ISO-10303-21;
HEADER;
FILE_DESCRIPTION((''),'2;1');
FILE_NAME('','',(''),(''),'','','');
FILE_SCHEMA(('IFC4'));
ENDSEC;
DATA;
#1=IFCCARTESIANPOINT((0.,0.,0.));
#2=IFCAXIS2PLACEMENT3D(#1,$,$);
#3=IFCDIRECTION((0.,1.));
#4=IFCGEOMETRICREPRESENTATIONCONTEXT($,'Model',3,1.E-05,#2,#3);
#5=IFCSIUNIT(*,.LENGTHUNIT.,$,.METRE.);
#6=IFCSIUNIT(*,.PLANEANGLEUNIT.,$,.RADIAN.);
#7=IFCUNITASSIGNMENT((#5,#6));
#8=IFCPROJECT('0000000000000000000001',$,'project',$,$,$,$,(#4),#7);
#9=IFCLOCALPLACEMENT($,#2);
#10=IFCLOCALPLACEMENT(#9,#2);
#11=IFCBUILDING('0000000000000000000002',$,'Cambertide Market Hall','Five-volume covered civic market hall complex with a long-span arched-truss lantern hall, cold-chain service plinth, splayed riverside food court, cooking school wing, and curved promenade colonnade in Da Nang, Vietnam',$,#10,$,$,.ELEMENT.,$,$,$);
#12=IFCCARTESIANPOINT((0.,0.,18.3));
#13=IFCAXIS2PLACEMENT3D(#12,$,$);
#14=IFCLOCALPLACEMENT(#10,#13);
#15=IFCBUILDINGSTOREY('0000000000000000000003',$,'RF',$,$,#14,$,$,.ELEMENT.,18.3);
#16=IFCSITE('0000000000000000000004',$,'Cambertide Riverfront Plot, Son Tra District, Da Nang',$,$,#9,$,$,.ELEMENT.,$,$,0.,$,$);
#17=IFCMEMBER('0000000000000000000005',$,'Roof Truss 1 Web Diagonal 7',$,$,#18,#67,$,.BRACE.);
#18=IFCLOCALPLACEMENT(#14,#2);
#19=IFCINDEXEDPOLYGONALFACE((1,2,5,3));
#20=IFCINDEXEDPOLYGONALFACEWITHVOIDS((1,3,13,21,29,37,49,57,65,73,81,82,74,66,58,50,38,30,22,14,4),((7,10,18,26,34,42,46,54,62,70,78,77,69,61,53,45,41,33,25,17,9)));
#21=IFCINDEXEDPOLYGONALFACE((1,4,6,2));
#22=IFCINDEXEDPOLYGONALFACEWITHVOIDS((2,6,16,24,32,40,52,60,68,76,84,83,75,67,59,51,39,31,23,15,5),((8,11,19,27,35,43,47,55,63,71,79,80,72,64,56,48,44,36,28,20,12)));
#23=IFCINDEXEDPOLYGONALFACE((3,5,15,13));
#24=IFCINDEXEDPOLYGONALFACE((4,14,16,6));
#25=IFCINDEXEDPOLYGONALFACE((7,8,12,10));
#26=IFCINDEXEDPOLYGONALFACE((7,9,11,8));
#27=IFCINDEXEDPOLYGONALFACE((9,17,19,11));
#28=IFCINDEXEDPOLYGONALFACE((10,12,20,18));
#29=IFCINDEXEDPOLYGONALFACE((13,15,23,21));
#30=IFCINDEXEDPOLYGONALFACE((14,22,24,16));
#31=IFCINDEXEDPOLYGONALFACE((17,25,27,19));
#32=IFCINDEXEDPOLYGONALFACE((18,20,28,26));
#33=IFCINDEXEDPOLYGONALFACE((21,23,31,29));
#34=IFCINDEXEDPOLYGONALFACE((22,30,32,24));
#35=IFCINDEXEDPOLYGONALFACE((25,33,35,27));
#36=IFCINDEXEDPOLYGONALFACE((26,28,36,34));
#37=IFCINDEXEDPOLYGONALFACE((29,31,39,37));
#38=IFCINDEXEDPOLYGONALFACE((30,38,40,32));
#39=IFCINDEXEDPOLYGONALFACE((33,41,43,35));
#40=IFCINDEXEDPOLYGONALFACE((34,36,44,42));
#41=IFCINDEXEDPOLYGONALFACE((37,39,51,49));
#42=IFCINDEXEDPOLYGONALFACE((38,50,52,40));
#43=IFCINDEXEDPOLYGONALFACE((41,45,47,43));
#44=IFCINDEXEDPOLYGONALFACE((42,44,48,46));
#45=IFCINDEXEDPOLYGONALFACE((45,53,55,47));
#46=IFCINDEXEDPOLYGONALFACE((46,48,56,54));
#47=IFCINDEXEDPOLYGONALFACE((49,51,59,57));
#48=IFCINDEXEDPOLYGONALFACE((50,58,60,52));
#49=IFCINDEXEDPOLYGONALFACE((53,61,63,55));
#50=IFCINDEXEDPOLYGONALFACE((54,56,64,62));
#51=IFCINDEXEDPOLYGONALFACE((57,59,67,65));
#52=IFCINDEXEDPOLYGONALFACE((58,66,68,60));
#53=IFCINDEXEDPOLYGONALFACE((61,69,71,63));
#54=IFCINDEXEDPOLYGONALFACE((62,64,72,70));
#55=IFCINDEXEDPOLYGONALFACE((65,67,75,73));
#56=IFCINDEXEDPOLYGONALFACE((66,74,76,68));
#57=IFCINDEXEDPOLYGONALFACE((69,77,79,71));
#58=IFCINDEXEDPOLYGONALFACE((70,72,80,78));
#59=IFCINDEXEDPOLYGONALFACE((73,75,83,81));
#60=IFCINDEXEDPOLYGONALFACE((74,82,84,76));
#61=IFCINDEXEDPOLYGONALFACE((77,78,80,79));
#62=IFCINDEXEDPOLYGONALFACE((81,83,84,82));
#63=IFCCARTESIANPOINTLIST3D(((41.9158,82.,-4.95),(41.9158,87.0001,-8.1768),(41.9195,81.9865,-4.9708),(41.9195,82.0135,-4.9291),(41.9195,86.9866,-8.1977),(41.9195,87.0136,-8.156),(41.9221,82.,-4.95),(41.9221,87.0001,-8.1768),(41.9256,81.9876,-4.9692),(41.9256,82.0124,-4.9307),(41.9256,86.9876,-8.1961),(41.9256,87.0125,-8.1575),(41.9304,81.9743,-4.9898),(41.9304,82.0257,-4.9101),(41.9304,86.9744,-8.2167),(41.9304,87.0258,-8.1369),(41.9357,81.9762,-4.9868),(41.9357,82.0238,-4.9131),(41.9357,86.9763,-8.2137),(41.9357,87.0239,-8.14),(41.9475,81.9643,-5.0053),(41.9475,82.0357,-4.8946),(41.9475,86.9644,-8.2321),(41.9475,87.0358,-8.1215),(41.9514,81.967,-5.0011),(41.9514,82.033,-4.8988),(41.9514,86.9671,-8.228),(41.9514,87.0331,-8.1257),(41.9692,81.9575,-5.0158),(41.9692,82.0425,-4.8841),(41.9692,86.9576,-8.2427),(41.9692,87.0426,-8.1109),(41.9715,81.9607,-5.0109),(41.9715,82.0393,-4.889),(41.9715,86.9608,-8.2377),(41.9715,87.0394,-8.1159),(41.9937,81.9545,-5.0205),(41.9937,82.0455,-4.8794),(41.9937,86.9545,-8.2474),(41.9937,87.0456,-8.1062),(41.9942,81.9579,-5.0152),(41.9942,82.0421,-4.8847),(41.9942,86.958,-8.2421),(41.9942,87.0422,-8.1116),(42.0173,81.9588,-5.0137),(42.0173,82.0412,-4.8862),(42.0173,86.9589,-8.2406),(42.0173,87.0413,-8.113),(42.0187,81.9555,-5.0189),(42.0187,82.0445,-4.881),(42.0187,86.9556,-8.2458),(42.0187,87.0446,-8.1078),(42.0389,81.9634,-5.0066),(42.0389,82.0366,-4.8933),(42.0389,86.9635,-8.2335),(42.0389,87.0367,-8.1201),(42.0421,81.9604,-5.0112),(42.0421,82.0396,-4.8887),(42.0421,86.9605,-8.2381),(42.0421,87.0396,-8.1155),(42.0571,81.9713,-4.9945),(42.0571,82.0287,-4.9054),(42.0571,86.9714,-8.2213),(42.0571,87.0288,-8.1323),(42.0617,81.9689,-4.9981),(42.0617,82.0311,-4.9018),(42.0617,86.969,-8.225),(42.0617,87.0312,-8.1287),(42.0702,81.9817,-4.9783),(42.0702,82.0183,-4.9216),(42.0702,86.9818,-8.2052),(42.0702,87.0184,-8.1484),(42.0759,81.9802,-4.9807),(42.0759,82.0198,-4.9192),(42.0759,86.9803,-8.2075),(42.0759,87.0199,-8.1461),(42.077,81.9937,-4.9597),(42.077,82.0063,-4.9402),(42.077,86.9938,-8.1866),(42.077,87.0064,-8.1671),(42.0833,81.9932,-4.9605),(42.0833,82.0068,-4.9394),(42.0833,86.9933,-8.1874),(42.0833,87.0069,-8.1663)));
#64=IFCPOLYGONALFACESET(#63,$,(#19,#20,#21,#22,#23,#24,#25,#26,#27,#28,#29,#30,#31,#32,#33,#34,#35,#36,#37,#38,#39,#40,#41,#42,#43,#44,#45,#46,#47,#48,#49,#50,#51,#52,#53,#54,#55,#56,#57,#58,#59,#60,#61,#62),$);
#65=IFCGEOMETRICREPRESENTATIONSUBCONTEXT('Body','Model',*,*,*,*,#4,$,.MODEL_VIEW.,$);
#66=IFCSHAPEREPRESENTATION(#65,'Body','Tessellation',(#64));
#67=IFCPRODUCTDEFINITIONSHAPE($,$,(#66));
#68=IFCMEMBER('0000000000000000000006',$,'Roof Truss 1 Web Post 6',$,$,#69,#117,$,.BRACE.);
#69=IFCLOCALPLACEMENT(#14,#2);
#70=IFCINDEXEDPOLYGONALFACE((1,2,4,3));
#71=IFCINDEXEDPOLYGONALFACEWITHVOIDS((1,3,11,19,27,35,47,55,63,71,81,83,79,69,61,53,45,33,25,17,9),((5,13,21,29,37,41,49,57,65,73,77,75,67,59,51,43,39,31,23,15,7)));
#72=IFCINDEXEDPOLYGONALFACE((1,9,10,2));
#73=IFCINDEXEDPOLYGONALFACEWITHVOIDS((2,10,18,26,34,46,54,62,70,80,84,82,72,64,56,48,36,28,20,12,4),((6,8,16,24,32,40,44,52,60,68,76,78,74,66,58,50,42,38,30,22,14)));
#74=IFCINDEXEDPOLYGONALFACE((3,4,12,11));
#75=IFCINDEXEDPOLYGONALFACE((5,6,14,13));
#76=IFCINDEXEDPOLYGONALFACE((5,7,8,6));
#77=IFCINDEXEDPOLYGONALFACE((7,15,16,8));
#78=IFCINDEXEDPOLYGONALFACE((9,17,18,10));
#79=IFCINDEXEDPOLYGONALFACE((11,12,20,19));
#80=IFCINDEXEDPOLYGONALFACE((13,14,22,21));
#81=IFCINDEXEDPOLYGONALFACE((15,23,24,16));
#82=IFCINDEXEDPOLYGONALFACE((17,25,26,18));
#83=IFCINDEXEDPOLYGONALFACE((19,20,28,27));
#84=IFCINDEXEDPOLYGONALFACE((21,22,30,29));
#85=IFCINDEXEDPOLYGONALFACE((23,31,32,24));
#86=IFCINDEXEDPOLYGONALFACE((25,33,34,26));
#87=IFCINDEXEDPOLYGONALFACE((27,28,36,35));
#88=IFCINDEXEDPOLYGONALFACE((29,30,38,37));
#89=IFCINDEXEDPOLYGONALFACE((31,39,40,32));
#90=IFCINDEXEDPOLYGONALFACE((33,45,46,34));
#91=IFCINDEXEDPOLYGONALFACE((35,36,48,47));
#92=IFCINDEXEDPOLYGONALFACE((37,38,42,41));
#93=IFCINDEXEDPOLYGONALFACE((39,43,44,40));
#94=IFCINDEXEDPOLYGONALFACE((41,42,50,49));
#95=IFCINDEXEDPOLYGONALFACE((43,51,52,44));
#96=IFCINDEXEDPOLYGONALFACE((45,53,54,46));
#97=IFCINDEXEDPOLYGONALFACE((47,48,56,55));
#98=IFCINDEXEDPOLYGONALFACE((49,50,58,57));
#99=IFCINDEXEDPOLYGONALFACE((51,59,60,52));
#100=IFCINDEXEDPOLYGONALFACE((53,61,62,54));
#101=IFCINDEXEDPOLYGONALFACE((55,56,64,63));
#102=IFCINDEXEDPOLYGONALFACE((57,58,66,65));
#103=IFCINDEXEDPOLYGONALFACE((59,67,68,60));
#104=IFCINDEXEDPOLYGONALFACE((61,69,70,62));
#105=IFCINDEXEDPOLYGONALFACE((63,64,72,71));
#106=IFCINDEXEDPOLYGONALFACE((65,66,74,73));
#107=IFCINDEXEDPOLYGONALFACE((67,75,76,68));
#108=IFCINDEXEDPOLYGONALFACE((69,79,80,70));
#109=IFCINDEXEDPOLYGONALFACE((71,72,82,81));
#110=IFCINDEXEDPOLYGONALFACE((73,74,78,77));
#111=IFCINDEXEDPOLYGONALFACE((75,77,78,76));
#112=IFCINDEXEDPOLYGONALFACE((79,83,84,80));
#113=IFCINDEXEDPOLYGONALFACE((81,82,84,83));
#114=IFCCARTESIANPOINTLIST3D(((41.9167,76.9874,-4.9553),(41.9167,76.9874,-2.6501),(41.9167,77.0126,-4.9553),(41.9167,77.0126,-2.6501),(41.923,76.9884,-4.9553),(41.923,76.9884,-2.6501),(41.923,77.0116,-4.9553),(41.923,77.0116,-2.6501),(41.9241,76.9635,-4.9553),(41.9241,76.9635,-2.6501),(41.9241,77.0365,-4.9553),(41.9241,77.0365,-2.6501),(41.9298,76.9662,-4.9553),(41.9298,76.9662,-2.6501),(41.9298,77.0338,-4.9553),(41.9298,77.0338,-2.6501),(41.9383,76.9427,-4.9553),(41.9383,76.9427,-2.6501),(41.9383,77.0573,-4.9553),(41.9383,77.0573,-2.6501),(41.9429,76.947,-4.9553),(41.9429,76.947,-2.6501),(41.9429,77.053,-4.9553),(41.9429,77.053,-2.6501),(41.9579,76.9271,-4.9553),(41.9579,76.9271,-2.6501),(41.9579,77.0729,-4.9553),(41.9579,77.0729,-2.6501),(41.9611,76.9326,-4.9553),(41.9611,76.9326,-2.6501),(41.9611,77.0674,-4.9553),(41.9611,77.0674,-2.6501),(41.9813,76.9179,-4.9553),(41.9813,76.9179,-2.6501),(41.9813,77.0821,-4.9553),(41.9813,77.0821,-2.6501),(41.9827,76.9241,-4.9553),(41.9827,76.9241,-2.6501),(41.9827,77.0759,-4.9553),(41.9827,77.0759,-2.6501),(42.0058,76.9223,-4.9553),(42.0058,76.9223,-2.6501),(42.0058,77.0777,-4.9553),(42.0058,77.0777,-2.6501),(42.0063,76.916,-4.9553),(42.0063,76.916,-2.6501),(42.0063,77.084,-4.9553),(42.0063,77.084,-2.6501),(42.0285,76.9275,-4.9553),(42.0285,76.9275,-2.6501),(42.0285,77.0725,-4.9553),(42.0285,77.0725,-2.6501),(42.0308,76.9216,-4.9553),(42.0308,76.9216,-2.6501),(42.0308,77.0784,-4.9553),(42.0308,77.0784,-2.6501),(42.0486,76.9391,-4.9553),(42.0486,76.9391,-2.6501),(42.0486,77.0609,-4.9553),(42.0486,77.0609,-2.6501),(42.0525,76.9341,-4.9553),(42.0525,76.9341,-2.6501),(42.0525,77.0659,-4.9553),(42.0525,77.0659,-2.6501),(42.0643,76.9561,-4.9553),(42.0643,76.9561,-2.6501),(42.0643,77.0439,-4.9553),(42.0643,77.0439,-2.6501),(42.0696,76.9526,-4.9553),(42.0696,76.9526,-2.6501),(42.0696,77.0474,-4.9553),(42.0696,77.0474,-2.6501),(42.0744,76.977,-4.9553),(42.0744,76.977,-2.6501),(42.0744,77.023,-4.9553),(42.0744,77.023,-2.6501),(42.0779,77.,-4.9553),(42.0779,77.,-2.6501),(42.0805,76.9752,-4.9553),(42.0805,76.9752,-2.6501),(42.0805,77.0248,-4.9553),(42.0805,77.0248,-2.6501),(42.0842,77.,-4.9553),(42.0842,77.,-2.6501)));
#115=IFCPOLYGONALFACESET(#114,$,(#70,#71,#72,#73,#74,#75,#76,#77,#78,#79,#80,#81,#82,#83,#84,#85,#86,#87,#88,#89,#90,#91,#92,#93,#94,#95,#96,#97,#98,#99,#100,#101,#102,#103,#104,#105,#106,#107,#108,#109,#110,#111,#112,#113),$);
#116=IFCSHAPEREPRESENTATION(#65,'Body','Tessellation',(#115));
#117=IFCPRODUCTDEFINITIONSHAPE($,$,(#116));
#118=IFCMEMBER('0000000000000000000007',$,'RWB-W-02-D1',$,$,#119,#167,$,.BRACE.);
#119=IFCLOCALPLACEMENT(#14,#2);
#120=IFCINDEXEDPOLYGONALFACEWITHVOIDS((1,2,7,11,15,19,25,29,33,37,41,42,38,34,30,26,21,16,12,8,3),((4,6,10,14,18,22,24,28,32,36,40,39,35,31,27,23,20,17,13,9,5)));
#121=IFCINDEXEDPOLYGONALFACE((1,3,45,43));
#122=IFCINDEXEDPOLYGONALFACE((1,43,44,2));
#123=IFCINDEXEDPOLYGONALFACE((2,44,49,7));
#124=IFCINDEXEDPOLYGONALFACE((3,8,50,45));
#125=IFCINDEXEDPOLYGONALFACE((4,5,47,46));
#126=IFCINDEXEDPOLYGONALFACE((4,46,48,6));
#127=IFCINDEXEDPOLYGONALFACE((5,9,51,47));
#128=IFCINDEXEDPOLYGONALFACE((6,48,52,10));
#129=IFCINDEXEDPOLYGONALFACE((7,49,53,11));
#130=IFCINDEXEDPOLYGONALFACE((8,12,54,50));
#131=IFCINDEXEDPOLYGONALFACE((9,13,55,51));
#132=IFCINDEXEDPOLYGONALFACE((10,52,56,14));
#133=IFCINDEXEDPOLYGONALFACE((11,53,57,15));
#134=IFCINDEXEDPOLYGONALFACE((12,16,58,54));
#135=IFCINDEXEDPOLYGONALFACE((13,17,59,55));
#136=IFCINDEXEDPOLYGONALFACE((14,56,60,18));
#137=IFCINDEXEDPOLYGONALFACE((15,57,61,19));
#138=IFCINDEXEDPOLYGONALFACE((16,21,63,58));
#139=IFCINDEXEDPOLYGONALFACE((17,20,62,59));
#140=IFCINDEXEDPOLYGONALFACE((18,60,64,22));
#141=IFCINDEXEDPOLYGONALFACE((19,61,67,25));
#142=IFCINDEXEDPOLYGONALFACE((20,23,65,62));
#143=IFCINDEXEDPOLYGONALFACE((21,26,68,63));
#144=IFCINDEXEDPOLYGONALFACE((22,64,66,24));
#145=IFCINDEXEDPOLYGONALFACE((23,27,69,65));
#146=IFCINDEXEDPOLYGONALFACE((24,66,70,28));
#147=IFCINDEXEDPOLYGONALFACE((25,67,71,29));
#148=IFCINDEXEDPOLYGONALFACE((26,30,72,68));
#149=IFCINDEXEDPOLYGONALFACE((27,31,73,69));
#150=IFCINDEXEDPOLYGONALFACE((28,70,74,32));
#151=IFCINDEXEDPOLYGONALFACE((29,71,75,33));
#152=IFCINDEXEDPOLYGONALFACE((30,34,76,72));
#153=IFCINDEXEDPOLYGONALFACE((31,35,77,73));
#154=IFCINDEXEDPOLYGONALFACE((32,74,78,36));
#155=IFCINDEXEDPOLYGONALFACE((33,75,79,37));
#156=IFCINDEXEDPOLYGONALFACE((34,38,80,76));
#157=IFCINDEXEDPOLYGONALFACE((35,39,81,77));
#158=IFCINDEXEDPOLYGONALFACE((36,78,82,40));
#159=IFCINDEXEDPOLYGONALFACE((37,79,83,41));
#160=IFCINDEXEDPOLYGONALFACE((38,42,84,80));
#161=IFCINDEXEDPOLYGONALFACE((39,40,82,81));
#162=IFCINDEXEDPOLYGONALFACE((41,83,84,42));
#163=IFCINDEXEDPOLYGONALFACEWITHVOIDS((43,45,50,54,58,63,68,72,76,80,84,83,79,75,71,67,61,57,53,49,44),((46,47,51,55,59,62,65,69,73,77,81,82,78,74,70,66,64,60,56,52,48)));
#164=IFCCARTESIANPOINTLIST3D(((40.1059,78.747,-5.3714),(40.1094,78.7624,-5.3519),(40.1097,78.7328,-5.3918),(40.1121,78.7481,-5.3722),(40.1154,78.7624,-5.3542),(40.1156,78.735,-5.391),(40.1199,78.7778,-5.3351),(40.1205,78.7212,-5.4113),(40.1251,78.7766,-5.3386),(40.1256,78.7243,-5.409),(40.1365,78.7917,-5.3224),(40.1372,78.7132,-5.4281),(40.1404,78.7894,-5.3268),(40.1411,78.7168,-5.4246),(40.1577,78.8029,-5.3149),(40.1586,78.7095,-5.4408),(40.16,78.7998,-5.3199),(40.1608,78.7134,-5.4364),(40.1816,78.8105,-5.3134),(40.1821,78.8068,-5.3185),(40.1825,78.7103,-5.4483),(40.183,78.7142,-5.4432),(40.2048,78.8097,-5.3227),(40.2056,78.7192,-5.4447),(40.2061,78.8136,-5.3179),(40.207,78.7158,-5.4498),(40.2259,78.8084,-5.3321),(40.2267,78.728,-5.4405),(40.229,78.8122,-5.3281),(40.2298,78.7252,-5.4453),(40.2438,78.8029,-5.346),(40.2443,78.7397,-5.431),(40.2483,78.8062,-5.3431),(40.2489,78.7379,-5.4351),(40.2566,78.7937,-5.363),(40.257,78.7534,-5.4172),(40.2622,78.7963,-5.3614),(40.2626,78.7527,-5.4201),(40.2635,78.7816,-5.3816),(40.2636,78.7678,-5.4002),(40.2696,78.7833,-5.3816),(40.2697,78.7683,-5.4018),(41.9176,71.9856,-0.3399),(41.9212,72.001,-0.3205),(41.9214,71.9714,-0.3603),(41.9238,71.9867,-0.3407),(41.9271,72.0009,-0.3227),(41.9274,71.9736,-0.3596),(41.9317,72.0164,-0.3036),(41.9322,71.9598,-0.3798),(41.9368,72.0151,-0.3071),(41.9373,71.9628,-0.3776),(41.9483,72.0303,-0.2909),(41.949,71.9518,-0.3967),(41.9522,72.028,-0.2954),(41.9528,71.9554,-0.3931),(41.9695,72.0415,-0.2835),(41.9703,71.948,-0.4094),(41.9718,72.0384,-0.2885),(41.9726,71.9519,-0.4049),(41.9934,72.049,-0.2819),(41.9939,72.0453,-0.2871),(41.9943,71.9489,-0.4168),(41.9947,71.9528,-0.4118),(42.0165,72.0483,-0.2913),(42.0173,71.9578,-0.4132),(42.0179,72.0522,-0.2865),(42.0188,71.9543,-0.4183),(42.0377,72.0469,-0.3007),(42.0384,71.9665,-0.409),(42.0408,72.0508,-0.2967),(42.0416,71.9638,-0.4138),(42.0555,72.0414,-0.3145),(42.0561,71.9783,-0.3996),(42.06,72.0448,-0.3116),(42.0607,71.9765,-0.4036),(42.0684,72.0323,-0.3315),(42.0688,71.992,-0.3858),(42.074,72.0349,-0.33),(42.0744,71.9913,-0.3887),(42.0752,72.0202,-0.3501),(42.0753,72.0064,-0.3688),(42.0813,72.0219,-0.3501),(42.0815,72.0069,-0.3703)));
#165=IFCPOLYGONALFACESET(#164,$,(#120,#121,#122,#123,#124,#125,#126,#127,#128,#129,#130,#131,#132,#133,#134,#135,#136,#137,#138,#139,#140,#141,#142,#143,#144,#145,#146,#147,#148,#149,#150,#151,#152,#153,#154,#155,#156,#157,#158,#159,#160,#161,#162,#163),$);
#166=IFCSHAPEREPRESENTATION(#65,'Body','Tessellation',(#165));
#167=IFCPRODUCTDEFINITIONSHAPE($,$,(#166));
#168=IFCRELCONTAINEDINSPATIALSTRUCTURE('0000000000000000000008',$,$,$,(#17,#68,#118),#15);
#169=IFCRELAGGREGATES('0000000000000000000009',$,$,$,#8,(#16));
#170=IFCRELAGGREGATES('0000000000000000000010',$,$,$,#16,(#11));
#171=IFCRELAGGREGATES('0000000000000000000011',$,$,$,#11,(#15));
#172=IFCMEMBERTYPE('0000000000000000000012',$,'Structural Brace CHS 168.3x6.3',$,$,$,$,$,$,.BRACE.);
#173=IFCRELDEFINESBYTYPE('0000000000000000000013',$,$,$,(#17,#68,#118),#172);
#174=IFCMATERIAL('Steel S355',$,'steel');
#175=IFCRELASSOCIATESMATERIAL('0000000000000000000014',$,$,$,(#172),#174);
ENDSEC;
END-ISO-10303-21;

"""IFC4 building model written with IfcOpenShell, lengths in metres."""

from ifc_helpers import new_model, si_unit, direction, frame, origin, origin_2d, place, context, subcontext, project, spatial, hollow_circle, extrude, material, material_profile, profile_set, type_object, element, save


model = new_model("IFC4")

# Units and contexts
model_context = context("Model", 3, precision=1e-05, world=origin(), true_north=direction((0.0, 1.0)))
body_context = subcontext(model_context, "Body", "Model", "MODEL_VIEW")
ifc_project = project(units=[si_unit("LENGTHUNIT", "METRE"), si_unit("PLANEANGLEUNIT", "RADIAN")], contexts=[model_context])

# Site, building, storey
site_placement = place(None, origin())
site = spatial("IfcSite", under=ifc_project, at=site_placement, Name="Cambertide Riverfront Plot, Son Tra District, Da Nang", CompositionType="ELEMENT", RefElevation=0.0)
building_placement = place(site_placement, origin())
building = spatial("IfcBuilding", under=site, at=building_placement, Name="Cambertide Market Hall", Description="Five-volume covered civic market hall complex with a long-span arched-truss lantern hall, cold-chain service plinth, splayed riverside food court, cooking school wing, and curved promenade colonnade in Da Nang, Vietnam", CompositionType="ELEMENT")
storey_placement = place(building_placement, frame((0.0, 0.0, 18.3)))
storey = spatial("IfcBuildingStorey", under=building, at=storey_placement, Name="RF", CompositionType="ELEMENT", Elevation=18.3)

# Members
ifc_material_1 = material(Name="Steel S355", Category="steel")
ifc_material_profile_1 = material_profile(ifc_material_1, hollow_circle(Radius=0.0842, WallThickness=0.0063, at=origin_2d()), Name="CHS 168.3x6.3")
ifc_profile_set_1 = profile_set([ifc_material_profile_1], Name="Steel S355")
member_type_1 = type_object("IfcMemberType", Name="Structural Brace CHS 168.3x6.3", PredefinedType="BRACE", material=ifc_profile_set_1)
member_1_placement = place(storey_placement, frame((42.0, 82.0, -4.95), z_axis=(0.0, 0.84022, -0.542246), x_axis=(-1.0, 0.0, 0.0)))
element("IfcMember", 1, at=member_1_placement, inside=storey, type_object=member_type_1, Name="Roof Truss 1 Web Diagonal 7", PredefinedType="BRACE", context=body_context, shape_type="SweptSolid", body=[
    extrude(hollow_circle(Radius=0.0842, WallThickness=0.0063, at=origin_2d()), origin(), (0.0, 0.0, 1.0), 5.9509),
])
member_2_placement = place(storey_placement, frame((42.0, 77.0, -4.9553), z_axis=(0.0, 0.0, 1.0), x_axis=(1.0, 0.0, 0.0)))
element("IfcMember", 2, at=member_2_placement, inside=storey, type_object=member_type_1, Name="Roof Truss 1 Web Post 6", PredefinedType="BRACE", context=body_context, shape_type="SweptSolid", body=[
    extrude(hollow_circle(Radius=0.0842, WallThickness=0.0063, at=origin_2d()), origin(), (0.0, 0.0, 1.0), 2.3052),
])
member_3_placement = place(storey_placement, frame((40.1882, 78.7615, -5.3816), z_axis=(0.210165, -0.784333, 0.583655), x_axis=(0.965925, 0.258824, 0.0)))
element("IfcMember", 3, at=member_3_placement, inside=storey, type_object=member_type_1, Name="RWB-W-02-D1", PredefinedType="BRACE", context=body_context, shape_type="SweptSolid", body=[
    extrude(hollow_circle(Radius=0.0842, WallThickness=0.0063, at=origin_2d()), origin(), (0.0, 0.0, 1.0), 8.6206),
])

save(model, "model.ifc")
